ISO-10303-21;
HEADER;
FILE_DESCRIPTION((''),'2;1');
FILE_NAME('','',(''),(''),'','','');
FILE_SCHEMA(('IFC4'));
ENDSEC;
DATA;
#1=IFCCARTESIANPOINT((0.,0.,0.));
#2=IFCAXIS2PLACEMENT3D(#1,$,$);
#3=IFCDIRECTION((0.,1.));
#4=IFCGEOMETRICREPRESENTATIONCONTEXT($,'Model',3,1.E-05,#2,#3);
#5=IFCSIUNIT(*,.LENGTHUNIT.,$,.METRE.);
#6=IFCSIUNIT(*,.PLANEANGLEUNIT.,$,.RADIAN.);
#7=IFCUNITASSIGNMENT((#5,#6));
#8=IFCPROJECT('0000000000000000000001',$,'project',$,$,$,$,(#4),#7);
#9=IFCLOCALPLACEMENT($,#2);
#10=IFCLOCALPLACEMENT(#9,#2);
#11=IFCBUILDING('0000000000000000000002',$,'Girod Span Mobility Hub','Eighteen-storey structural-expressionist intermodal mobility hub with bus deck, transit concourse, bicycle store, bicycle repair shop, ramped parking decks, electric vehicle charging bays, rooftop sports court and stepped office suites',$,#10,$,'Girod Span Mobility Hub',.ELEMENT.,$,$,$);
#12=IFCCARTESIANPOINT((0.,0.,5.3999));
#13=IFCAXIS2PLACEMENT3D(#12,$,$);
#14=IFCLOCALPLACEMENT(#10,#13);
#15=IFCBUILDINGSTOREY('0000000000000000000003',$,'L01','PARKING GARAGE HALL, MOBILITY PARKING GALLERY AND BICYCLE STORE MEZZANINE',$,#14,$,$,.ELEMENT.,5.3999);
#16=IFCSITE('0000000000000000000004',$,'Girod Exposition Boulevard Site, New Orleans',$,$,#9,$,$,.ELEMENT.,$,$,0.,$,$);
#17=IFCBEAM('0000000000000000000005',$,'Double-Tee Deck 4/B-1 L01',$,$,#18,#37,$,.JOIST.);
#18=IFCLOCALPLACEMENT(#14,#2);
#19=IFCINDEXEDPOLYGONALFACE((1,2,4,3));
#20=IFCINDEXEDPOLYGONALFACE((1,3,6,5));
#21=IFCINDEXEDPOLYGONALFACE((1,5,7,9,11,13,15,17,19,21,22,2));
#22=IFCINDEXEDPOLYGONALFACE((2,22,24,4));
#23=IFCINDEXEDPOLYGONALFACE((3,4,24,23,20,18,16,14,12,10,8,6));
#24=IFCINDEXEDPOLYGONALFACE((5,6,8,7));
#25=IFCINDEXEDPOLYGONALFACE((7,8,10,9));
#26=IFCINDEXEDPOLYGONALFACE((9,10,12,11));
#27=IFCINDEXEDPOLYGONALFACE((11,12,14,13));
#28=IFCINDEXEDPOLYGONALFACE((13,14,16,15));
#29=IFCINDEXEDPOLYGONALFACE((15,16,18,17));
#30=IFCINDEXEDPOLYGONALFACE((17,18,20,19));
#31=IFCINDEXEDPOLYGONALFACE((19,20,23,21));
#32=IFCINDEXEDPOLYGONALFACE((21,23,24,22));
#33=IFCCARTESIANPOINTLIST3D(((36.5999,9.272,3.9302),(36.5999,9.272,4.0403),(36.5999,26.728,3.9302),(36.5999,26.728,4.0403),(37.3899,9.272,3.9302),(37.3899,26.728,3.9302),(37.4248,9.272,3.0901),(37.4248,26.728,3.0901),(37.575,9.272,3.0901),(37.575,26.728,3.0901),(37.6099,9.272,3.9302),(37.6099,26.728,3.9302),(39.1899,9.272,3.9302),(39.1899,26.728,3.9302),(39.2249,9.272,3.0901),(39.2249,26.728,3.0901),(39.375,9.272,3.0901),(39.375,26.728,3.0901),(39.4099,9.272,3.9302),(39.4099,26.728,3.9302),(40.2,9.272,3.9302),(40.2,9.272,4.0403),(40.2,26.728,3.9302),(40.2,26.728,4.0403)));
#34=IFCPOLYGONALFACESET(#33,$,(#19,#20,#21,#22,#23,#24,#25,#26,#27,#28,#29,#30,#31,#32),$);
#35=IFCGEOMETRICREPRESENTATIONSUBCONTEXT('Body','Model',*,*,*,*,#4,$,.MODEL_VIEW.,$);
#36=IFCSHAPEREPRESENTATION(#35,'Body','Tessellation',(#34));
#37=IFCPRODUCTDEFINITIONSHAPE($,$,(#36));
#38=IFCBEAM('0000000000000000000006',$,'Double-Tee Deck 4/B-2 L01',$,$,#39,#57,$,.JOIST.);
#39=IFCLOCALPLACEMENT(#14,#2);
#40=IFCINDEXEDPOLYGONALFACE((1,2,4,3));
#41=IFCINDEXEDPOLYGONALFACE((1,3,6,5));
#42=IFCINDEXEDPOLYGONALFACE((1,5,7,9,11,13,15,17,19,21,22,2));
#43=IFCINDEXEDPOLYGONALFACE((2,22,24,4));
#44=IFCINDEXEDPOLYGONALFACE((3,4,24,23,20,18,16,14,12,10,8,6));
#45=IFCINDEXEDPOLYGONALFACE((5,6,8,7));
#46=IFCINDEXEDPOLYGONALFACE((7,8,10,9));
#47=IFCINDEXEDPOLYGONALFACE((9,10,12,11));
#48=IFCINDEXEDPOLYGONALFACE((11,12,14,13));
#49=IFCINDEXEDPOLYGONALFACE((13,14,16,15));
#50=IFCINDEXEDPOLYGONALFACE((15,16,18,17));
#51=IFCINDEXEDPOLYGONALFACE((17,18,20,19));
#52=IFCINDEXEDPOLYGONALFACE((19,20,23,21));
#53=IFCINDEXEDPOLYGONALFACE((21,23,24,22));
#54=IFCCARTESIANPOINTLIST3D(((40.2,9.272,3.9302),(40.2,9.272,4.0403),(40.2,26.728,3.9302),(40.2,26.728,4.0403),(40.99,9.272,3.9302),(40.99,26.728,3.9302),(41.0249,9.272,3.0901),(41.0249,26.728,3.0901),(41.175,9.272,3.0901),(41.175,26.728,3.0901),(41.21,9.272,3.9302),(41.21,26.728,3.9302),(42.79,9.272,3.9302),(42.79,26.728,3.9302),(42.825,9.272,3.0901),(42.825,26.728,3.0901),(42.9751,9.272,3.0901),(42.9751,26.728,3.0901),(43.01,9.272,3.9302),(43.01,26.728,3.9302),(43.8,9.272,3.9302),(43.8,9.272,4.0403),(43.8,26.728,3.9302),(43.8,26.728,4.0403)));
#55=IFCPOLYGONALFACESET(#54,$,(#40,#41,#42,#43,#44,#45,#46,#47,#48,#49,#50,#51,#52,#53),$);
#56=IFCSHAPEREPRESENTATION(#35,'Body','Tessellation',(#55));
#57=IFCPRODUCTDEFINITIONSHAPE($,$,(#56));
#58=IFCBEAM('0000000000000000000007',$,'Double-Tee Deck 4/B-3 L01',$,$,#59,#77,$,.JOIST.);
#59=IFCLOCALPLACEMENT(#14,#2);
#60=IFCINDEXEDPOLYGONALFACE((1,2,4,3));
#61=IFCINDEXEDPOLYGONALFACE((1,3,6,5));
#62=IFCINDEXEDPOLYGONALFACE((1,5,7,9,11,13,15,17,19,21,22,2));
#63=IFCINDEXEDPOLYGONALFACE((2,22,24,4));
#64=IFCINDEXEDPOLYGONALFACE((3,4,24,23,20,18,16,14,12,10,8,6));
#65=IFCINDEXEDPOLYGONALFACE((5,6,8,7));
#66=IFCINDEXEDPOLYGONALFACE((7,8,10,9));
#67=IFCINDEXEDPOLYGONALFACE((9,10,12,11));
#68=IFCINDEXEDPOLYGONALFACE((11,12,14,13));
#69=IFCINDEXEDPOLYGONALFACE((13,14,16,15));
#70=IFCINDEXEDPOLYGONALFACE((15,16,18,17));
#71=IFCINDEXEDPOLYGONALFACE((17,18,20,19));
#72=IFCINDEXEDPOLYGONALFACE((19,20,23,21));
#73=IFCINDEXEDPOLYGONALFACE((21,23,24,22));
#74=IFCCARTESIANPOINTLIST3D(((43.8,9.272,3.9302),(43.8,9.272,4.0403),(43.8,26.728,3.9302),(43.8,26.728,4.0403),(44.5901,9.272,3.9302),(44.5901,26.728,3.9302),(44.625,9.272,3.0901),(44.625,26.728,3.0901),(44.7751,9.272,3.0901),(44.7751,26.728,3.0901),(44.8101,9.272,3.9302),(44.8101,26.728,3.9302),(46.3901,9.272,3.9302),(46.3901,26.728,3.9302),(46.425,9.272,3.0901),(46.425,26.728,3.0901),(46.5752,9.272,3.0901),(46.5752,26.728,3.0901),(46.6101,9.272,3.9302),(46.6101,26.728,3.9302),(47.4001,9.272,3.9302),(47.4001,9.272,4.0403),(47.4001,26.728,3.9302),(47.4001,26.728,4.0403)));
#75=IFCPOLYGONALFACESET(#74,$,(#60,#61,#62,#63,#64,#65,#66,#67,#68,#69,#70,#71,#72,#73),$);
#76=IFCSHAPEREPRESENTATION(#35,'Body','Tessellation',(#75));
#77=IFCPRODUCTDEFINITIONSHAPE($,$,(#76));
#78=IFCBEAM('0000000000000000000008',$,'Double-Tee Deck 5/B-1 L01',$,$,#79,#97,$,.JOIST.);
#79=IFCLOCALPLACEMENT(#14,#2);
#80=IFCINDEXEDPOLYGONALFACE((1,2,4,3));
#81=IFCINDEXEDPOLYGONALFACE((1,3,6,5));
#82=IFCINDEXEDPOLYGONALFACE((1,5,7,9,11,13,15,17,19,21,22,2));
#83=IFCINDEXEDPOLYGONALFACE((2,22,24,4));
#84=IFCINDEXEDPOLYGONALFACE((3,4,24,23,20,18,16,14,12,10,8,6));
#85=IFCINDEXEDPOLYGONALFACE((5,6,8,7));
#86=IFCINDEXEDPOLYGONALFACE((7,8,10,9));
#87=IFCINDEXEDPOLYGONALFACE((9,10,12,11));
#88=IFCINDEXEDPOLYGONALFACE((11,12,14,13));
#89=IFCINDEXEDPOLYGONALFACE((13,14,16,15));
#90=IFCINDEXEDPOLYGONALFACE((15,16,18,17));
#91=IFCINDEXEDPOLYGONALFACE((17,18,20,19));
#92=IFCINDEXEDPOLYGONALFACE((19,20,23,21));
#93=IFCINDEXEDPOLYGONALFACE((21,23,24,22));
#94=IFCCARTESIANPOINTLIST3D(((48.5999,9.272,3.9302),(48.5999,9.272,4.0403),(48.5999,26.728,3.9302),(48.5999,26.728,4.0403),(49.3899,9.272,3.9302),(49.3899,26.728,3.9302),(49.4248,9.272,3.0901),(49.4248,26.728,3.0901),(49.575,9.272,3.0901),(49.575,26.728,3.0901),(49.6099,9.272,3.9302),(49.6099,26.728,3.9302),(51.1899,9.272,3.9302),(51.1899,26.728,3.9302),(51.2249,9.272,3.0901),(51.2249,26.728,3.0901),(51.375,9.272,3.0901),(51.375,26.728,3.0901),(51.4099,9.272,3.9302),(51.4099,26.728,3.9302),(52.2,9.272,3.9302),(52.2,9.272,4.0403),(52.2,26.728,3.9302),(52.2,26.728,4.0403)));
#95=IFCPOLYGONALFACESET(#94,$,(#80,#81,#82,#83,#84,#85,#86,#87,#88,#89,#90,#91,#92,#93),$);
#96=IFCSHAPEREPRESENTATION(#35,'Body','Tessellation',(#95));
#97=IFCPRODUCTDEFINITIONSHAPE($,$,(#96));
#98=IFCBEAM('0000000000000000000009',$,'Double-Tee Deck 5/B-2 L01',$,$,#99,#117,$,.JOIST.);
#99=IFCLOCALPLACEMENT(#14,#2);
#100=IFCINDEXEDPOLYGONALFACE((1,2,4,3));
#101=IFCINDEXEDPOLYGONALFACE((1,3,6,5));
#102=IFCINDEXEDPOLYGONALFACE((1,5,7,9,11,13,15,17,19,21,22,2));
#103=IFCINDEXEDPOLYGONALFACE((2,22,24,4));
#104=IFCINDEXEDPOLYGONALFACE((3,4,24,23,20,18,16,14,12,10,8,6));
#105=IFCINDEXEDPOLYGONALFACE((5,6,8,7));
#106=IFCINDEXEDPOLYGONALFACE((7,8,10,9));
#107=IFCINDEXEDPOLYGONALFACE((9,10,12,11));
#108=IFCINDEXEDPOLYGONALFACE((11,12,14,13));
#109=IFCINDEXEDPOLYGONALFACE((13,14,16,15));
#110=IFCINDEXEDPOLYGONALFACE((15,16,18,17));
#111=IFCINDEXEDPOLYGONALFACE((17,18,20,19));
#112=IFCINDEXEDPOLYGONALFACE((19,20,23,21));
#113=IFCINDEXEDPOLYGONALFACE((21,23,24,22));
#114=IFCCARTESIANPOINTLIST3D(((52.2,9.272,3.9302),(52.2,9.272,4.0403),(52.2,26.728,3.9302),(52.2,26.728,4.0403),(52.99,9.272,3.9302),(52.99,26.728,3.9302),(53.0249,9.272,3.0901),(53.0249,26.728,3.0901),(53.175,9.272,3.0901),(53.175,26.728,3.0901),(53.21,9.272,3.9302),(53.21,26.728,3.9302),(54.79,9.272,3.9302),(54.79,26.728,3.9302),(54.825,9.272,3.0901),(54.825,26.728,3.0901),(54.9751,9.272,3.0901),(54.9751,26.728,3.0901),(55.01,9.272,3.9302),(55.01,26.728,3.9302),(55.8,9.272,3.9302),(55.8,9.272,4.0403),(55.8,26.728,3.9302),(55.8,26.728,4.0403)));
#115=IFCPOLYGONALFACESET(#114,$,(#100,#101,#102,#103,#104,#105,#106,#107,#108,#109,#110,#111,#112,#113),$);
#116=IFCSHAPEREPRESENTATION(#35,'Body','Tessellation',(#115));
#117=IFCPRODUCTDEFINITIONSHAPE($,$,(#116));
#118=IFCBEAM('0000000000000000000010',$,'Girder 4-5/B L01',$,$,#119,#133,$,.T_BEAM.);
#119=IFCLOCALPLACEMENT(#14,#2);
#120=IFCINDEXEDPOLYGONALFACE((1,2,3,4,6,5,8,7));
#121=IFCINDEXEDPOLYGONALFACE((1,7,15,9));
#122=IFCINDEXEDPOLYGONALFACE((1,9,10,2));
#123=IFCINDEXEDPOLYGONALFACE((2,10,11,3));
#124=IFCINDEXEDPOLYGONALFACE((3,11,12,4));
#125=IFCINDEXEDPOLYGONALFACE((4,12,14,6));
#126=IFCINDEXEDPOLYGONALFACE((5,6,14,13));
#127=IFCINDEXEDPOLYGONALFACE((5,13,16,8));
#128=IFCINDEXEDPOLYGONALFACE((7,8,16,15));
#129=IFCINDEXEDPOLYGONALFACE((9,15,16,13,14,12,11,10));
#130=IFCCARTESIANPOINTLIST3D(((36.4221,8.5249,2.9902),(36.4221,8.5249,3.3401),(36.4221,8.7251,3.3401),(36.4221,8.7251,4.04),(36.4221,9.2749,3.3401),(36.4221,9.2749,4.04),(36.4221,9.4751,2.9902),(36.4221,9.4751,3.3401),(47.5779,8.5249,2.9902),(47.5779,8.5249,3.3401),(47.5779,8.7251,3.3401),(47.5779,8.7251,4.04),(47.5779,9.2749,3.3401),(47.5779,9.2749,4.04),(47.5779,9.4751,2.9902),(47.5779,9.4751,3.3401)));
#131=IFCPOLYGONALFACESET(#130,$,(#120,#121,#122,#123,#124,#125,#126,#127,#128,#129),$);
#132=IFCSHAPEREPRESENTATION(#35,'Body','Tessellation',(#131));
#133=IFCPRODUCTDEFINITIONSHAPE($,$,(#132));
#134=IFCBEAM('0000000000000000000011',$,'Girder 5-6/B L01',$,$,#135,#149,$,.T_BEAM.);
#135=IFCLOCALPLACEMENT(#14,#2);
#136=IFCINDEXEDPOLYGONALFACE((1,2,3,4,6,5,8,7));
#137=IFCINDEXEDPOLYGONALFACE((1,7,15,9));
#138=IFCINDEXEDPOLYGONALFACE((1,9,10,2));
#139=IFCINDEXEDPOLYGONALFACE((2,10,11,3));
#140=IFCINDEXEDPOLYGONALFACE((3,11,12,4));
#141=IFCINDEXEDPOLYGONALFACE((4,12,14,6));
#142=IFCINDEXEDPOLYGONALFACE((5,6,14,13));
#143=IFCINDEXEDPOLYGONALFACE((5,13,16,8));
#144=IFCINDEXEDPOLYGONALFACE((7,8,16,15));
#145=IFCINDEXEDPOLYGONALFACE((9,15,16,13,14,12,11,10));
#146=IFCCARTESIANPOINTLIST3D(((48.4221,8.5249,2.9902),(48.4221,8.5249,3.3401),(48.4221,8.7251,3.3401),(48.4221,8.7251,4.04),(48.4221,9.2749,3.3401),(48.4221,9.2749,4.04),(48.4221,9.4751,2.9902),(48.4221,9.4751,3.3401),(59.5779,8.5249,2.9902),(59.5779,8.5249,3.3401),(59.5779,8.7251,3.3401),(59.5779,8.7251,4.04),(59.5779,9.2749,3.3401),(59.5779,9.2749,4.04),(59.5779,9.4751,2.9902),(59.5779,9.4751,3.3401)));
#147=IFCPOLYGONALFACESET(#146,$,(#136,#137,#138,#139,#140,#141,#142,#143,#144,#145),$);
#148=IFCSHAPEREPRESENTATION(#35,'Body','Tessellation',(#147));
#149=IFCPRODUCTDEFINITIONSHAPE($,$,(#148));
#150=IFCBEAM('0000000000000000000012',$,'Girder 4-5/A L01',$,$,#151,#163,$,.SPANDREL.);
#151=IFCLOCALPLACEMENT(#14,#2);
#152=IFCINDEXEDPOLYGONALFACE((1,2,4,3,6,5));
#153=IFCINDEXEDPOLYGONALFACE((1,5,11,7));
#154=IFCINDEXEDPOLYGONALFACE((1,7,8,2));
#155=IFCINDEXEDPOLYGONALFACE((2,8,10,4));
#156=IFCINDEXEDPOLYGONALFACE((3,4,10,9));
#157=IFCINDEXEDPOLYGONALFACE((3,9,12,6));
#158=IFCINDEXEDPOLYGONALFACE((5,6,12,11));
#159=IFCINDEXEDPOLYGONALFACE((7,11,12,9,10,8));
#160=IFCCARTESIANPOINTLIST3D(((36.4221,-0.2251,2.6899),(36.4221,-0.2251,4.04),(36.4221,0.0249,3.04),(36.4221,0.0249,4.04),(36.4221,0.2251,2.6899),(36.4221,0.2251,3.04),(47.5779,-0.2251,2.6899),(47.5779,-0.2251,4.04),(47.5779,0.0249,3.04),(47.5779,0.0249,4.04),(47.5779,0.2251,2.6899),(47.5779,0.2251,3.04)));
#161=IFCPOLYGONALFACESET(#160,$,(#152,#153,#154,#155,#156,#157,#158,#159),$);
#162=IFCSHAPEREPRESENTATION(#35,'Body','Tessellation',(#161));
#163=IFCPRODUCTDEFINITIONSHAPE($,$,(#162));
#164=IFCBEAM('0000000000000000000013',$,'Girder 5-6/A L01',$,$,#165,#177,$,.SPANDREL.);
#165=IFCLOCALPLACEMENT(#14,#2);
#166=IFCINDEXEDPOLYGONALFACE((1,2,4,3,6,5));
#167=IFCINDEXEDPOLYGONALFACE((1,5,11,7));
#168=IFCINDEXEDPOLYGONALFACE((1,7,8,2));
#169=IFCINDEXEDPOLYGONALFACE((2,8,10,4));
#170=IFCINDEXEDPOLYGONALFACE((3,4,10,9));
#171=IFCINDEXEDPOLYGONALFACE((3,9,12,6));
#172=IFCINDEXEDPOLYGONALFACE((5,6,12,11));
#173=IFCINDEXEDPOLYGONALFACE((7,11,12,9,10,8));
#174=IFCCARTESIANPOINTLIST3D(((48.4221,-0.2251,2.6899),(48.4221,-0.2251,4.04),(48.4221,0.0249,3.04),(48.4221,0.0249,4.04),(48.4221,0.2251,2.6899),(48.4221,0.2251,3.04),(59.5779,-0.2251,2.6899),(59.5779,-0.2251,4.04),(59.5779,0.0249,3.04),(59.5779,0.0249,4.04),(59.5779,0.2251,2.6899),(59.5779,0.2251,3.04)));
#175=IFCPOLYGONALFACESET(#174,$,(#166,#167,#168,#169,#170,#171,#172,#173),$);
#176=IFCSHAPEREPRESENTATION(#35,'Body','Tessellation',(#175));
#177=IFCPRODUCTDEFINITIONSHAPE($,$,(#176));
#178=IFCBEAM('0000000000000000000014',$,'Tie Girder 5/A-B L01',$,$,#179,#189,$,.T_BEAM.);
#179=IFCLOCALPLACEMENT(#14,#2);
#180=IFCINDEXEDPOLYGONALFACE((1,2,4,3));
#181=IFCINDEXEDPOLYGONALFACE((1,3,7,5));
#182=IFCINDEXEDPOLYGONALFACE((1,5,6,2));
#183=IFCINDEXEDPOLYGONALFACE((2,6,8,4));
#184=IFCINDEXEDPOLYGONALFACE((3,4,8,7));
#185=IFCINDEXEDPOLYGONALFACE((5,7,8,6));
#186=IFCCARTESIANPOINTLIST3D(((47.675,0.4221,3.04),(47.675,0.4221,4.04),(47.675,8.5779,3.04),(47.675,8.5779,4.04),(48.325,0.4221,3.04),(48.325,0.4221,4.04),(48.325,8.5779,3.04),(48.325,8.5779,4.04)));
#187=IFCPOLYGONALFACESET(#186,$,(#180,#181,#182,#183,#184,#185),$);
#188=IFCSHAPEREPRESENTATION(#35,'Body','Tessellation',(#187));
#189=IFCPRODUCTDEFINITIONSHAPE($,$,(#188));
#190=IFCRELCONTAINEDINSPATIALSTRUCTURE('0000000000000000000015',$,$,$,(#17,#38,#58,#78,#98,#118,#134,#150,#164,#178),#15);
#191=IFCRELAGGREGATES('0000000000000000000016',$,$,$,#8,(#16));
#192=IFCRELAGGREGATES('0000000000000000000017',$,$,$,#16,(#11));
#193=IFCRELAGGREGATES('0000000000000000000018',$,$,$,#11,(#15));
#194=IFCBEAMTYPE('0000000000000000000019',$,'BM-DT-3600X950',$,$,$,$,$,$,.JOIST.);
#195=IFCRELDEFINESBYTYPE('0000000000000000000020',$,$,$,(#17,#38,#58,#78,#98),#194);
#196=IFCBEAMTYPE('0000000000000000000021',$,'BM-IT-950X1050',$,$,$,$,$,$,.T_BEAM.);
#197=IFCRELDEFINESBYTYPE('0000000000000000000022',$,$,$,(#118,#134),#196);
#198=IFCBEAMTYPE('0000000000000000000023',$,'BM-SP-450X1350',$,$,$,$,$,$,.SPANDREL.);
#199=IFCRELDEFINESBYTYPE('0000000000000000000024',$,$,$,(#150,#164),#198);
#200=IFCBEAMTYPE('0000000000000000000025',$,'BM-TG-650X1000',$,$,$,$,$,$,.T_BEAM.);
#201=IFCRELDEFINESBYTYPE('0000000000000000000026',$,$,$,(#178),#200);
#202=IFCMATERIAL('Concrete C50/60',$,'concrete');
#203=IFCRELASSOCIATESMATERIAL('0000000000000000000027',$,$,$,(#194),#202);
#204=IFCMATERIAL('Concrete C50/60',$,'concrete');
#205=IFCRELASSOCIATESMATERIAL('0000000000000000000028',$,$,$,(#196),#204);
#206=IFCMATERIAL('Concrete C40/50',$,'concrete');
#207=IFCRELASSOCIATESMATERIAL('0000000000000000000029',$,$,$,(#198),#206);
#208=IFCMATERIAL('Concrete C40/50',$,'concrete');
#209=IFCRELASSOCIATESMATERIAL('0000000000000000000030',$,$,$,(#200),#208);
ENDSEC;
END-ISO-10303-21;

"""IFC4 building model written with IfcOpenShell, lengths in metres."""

from ifc_helpers import new_model, si_unit, direction, frame, origin, origin_2d, place, context, subcontext, project, spatial, polyline, rectangle, outline, extrude, material, material_profile, profile_set, type_object, element, save


model = new_model("IFC4")

# Units and contexts
model_context = context("Model", 3, precision=1e-05, world=origin(), true_north=direction((0.0, 1.0)))
body_context = subcontext(model_context, "Body", "Model", "MODEL_VIEW")
ifc_project = project(units=[si_unit("LENGTHUNIT", "METRE"), si_unit("PLANEANGLEUNIT", "RADIAN")], contexts=[model_context])

# Site, building, storey
site_placement = place(None, origin())
site = spatial("IfcSite", under=ifc_project, at=site_placement, Name="Girod Exposition Boulevard Site, New Orleans", CompositionType="ELEMENT", RefElevation=0.0)
building_placement = place(site_placement, origin())
building = spatial("IfcBuilding", under=site, at=building_placement, Name="Girod Span Mobility Hub", Description="Eighteen-storey structural-expressionist intermodal mobility hub with bus deck, transit concourse, bicycle store, bicycle repair shop, ramped parking decks, electric vehicle charging bays, rooftop sports court and stepped office suites", LongName="Girod Span Mobility Hub", CompositionType="ELEMENT")
storey_placement = place(building_placement, frame((0.0, 0.0, 5.3999)))
storey = spatial("IfcBuildingStorey", under=building, at=storey_placement, Name="L01", Description="PARKING GARAGE HALL, MOBILITY PARKING GALLERY AND BICYCLE STORE MEZZANINE", CompositionType="ELEMENT", Elevation=5.3999)

# Beams
ifc_material_1 = material(Name="Concrete C50/60", Category="concrete")
ifc_material_profile_1 = material_profile(ifc_material_1, outline(polyline([(-1.8, 0.4751), (-1.8, 0.365), (-1.01, 0.365), (-0.9751, -0.4751), (-0.825, -0.4751), (-0.79, 0.365), (0.79, 0.365), (0.825, -0.4751), (0.9751, -0.4751), (1.01, 0.365), (1.8, 0.365), (1.8, 0.4751), (-1.8, 0.4751)])), Name="DT-3600X950")
ifc_profile_set_1 = profile_set([ifc_material_profile_1], Name="Concrete C50/60")
beam_type_1 = type_object("IfcBeamType", Name="BM-DT-3600X950", PredefinedType="JOIST", material=ifc_profile_set_1)
for number, where, z_axis, x_axis, name in (
    (1, (38.3999, 9.272, 3.5652), (0.0, 1.0, 0.0), (-1.0, 0.0, 0.0), "Double-Tee Deck 4/B-1 L01"),
    (2, (42.0, 9.272, 3.5652), (0.0, 1.0, 0.0), (-1.0, 0.0, 0.0), "Double-Tee Deck 4/B-2 L01"),
    (3, (45.6001, 9.272, 3.5652), (0.0, 1.0, 0.0), (-1.0, 0.0, 0.0), "Double-Tee Deck 4/B-3 L01"),
    (4, (50.3999, 9.272, 3.5652), (0.0, 1.0, 0.0), (-1.0, 0.0, 0.0), "Double-Tee Deck 5/B-1 L01"),
    (5, (54.0, 9.272, 3.5652), (0.0, 1.0, 0.0), (-1.0, 0.0, 0.0), "Double-Tee Deck 5/B-2 L01"),
):
    element("IfcBeam", number, at=place(storey_placement, frame(where, z_axis=z_axis, x_axis=x_axis)), inside=storey, type_object=beam_type_1, Name=name, PredefinedType="JOIST", context=body_context, shape_type="SweptSolid", body=[
        extrude(outline(polyline([(-1.8, 0.4751), (-1.8, 0.365), (-1.01, 0.365), (-0.9751, -0.4751), (-0.825, -0.4751), (-0.79, 0.365), (0.79, 0.365), (0.825, -0.4751), (0.9751, -0.4751), (1.01, 0.365), (1.8, 0.365), (1.8, 0.4751), (-1.8, 0.4751)])), origin(), (0.0, 0.0, 1.0), 17.4561),
    ])
ifc_material_2 = material(Name="Concrete C50/60", Category="concrete")
ifc_material_profile_2 = material_profile(ifc_material_2, outline(polyline([(-0.4751, -0.5249), (0.4751, -0.5249), (0.4751, -0.175), (0.2749, -0.175), (0.2749, 0.5249), (-0.2749, 0.5249), (-0.2749, -0.175), (-0.4751, -0.175), (-0.4751, -0.5249)])), Name="IT-950X1050")
ifc_profile_set_2 = profile_set([ifc_material_profile_2], Name="Concrete C50/60")
beam_type_2 = type_object("IfcBeamType", Name="BM-IT-950X1050", PredefinedType="T_BEAM", material=ifc_profile_set_2)
for number, where, z_axis, x_axis, name in (
    (6, (36.4221, 9.0, 3.5151), (1.0, 0.0, 0.0), (0.0, 1.0, 0.0), "Girder 4-5/B L01"),
    (7, (48.4221, 9.0, 3.5151), (1.0, 0.0, 0.0), (0.0, 1.0, 0.0), "Girder 5-6/B L01"),
):
    element("IfcBeam", number, at=place(storey_placement, frame(where, z_axis=z_axis, x_axis=x_axis)), inside=storey, type_object=beam_type_2, Name=name, PredefinedType="T_BEAM", context=body_context, shape_type="SweptSolid", body=[
        extrude(outline(polyline([(-0.4751, -0.5249), (0.4751, -0.5249), (0.4751, -0.175), (0.2749, -0.175), (0.2749, 0.5249), (-0.2749, 0.5249), (-0.2749, -0.175), (-0.4751, -0.175), (-0.4751, -0.5249)])), origin(), (0.0, 0.0, 1.0), 11.1558),
    ])
ifc_material_3 = material(Name="Concrete C40/50", Category="concrete")
ifc_material_profile_3 = material_profile(ifc_material_3, outline(polyline([(-0.2251, -0.675), (0.2251, -0.675), (0.2251, -0.325), (0.0249, -0.325), (0.0249, 0.675), (-0.2251, 0.675), (-0.2251, -0.675)])), Name="SP-450X1350")
ifc_profile_set_3 = profile_set([ifc_material_profile_3], Name="Concrete C40/50")
beam_type_3 = type_object("IfcBeamType", Name="BM-SP-450X1350", PredefinedType="SPANDREL", material=ifc_profile_set_3)
for number, where, z_axis, x_axis, name in (
    (8, (36.4221, 0.0, 3.365), (1.0, 0.0, 0.0), (0.0, 1.0, 0.0), "Girder 4-5/A L01"),
    (9, (48.4221, 0.0, 3.365), (1.0, 0.0, 0.0), (0.0, 1.0, 0.0), "Girder 5-6/A L01"),
):
    element("IfcBeam", number, at=place(storey_placement, frame(where, z_axis=z_axis, x_axis=x_axis)), inside=storey, type_object=beam_type_3, Name=name, PredefinedType="SPANDREL", context=body_context, shape_type="SweptSolid", body=[
        extrude(outline(polyline([(-0.2251, -0.675), (0.2251, -0.675), (0.2251, -0.325), (0.0249, -0.325), (0.0249, 0.675), (-0.2251, 0.675), (-0.2251, -0.675)])), origin(), (0.0, 0.0, 1.0), 11.1558),
    ])
ifc_material_4 = material(Name="Concrete C40/50", Category="concrete")
ifc_material_profile_4 = material_profile(ifc_material_4, rectangle(XDim=0.6499, YDim=1.0, at=origin_2d()), Name="TG-650X1000")
ifc_profile_set_4 = profile_set([ifc_material_profile_4], Name="Concrete C40/50")
beam_type_4 = type_object("IfcBeamType", Name="BM-TG-650X1000", PredefinedType="T_BEAM", material=ifc_profile_set_4)
beam_placement = place(storey_placement, frame((48.0, 0.4221, 3.54), z_axis=(0.0, 1.0, 0.0), x_axis=(-1.0, 0.0, 0.0)))
element("IfcBeam", 10, at=beam_placement, inside=storey, type_object=beam_type_4, Name="Tie Girder 5/A-B L01", PredefinedType="T_BEAM", context=body_context, shape_type="SweptSolid", body=[
    extrude(rectangle(XDim=0.6499, YDim=1.0, at=origin_2d()), origin(), (0.0, 0.0, 1.0), 8.1558),
])

save(model, "model.ifc")
